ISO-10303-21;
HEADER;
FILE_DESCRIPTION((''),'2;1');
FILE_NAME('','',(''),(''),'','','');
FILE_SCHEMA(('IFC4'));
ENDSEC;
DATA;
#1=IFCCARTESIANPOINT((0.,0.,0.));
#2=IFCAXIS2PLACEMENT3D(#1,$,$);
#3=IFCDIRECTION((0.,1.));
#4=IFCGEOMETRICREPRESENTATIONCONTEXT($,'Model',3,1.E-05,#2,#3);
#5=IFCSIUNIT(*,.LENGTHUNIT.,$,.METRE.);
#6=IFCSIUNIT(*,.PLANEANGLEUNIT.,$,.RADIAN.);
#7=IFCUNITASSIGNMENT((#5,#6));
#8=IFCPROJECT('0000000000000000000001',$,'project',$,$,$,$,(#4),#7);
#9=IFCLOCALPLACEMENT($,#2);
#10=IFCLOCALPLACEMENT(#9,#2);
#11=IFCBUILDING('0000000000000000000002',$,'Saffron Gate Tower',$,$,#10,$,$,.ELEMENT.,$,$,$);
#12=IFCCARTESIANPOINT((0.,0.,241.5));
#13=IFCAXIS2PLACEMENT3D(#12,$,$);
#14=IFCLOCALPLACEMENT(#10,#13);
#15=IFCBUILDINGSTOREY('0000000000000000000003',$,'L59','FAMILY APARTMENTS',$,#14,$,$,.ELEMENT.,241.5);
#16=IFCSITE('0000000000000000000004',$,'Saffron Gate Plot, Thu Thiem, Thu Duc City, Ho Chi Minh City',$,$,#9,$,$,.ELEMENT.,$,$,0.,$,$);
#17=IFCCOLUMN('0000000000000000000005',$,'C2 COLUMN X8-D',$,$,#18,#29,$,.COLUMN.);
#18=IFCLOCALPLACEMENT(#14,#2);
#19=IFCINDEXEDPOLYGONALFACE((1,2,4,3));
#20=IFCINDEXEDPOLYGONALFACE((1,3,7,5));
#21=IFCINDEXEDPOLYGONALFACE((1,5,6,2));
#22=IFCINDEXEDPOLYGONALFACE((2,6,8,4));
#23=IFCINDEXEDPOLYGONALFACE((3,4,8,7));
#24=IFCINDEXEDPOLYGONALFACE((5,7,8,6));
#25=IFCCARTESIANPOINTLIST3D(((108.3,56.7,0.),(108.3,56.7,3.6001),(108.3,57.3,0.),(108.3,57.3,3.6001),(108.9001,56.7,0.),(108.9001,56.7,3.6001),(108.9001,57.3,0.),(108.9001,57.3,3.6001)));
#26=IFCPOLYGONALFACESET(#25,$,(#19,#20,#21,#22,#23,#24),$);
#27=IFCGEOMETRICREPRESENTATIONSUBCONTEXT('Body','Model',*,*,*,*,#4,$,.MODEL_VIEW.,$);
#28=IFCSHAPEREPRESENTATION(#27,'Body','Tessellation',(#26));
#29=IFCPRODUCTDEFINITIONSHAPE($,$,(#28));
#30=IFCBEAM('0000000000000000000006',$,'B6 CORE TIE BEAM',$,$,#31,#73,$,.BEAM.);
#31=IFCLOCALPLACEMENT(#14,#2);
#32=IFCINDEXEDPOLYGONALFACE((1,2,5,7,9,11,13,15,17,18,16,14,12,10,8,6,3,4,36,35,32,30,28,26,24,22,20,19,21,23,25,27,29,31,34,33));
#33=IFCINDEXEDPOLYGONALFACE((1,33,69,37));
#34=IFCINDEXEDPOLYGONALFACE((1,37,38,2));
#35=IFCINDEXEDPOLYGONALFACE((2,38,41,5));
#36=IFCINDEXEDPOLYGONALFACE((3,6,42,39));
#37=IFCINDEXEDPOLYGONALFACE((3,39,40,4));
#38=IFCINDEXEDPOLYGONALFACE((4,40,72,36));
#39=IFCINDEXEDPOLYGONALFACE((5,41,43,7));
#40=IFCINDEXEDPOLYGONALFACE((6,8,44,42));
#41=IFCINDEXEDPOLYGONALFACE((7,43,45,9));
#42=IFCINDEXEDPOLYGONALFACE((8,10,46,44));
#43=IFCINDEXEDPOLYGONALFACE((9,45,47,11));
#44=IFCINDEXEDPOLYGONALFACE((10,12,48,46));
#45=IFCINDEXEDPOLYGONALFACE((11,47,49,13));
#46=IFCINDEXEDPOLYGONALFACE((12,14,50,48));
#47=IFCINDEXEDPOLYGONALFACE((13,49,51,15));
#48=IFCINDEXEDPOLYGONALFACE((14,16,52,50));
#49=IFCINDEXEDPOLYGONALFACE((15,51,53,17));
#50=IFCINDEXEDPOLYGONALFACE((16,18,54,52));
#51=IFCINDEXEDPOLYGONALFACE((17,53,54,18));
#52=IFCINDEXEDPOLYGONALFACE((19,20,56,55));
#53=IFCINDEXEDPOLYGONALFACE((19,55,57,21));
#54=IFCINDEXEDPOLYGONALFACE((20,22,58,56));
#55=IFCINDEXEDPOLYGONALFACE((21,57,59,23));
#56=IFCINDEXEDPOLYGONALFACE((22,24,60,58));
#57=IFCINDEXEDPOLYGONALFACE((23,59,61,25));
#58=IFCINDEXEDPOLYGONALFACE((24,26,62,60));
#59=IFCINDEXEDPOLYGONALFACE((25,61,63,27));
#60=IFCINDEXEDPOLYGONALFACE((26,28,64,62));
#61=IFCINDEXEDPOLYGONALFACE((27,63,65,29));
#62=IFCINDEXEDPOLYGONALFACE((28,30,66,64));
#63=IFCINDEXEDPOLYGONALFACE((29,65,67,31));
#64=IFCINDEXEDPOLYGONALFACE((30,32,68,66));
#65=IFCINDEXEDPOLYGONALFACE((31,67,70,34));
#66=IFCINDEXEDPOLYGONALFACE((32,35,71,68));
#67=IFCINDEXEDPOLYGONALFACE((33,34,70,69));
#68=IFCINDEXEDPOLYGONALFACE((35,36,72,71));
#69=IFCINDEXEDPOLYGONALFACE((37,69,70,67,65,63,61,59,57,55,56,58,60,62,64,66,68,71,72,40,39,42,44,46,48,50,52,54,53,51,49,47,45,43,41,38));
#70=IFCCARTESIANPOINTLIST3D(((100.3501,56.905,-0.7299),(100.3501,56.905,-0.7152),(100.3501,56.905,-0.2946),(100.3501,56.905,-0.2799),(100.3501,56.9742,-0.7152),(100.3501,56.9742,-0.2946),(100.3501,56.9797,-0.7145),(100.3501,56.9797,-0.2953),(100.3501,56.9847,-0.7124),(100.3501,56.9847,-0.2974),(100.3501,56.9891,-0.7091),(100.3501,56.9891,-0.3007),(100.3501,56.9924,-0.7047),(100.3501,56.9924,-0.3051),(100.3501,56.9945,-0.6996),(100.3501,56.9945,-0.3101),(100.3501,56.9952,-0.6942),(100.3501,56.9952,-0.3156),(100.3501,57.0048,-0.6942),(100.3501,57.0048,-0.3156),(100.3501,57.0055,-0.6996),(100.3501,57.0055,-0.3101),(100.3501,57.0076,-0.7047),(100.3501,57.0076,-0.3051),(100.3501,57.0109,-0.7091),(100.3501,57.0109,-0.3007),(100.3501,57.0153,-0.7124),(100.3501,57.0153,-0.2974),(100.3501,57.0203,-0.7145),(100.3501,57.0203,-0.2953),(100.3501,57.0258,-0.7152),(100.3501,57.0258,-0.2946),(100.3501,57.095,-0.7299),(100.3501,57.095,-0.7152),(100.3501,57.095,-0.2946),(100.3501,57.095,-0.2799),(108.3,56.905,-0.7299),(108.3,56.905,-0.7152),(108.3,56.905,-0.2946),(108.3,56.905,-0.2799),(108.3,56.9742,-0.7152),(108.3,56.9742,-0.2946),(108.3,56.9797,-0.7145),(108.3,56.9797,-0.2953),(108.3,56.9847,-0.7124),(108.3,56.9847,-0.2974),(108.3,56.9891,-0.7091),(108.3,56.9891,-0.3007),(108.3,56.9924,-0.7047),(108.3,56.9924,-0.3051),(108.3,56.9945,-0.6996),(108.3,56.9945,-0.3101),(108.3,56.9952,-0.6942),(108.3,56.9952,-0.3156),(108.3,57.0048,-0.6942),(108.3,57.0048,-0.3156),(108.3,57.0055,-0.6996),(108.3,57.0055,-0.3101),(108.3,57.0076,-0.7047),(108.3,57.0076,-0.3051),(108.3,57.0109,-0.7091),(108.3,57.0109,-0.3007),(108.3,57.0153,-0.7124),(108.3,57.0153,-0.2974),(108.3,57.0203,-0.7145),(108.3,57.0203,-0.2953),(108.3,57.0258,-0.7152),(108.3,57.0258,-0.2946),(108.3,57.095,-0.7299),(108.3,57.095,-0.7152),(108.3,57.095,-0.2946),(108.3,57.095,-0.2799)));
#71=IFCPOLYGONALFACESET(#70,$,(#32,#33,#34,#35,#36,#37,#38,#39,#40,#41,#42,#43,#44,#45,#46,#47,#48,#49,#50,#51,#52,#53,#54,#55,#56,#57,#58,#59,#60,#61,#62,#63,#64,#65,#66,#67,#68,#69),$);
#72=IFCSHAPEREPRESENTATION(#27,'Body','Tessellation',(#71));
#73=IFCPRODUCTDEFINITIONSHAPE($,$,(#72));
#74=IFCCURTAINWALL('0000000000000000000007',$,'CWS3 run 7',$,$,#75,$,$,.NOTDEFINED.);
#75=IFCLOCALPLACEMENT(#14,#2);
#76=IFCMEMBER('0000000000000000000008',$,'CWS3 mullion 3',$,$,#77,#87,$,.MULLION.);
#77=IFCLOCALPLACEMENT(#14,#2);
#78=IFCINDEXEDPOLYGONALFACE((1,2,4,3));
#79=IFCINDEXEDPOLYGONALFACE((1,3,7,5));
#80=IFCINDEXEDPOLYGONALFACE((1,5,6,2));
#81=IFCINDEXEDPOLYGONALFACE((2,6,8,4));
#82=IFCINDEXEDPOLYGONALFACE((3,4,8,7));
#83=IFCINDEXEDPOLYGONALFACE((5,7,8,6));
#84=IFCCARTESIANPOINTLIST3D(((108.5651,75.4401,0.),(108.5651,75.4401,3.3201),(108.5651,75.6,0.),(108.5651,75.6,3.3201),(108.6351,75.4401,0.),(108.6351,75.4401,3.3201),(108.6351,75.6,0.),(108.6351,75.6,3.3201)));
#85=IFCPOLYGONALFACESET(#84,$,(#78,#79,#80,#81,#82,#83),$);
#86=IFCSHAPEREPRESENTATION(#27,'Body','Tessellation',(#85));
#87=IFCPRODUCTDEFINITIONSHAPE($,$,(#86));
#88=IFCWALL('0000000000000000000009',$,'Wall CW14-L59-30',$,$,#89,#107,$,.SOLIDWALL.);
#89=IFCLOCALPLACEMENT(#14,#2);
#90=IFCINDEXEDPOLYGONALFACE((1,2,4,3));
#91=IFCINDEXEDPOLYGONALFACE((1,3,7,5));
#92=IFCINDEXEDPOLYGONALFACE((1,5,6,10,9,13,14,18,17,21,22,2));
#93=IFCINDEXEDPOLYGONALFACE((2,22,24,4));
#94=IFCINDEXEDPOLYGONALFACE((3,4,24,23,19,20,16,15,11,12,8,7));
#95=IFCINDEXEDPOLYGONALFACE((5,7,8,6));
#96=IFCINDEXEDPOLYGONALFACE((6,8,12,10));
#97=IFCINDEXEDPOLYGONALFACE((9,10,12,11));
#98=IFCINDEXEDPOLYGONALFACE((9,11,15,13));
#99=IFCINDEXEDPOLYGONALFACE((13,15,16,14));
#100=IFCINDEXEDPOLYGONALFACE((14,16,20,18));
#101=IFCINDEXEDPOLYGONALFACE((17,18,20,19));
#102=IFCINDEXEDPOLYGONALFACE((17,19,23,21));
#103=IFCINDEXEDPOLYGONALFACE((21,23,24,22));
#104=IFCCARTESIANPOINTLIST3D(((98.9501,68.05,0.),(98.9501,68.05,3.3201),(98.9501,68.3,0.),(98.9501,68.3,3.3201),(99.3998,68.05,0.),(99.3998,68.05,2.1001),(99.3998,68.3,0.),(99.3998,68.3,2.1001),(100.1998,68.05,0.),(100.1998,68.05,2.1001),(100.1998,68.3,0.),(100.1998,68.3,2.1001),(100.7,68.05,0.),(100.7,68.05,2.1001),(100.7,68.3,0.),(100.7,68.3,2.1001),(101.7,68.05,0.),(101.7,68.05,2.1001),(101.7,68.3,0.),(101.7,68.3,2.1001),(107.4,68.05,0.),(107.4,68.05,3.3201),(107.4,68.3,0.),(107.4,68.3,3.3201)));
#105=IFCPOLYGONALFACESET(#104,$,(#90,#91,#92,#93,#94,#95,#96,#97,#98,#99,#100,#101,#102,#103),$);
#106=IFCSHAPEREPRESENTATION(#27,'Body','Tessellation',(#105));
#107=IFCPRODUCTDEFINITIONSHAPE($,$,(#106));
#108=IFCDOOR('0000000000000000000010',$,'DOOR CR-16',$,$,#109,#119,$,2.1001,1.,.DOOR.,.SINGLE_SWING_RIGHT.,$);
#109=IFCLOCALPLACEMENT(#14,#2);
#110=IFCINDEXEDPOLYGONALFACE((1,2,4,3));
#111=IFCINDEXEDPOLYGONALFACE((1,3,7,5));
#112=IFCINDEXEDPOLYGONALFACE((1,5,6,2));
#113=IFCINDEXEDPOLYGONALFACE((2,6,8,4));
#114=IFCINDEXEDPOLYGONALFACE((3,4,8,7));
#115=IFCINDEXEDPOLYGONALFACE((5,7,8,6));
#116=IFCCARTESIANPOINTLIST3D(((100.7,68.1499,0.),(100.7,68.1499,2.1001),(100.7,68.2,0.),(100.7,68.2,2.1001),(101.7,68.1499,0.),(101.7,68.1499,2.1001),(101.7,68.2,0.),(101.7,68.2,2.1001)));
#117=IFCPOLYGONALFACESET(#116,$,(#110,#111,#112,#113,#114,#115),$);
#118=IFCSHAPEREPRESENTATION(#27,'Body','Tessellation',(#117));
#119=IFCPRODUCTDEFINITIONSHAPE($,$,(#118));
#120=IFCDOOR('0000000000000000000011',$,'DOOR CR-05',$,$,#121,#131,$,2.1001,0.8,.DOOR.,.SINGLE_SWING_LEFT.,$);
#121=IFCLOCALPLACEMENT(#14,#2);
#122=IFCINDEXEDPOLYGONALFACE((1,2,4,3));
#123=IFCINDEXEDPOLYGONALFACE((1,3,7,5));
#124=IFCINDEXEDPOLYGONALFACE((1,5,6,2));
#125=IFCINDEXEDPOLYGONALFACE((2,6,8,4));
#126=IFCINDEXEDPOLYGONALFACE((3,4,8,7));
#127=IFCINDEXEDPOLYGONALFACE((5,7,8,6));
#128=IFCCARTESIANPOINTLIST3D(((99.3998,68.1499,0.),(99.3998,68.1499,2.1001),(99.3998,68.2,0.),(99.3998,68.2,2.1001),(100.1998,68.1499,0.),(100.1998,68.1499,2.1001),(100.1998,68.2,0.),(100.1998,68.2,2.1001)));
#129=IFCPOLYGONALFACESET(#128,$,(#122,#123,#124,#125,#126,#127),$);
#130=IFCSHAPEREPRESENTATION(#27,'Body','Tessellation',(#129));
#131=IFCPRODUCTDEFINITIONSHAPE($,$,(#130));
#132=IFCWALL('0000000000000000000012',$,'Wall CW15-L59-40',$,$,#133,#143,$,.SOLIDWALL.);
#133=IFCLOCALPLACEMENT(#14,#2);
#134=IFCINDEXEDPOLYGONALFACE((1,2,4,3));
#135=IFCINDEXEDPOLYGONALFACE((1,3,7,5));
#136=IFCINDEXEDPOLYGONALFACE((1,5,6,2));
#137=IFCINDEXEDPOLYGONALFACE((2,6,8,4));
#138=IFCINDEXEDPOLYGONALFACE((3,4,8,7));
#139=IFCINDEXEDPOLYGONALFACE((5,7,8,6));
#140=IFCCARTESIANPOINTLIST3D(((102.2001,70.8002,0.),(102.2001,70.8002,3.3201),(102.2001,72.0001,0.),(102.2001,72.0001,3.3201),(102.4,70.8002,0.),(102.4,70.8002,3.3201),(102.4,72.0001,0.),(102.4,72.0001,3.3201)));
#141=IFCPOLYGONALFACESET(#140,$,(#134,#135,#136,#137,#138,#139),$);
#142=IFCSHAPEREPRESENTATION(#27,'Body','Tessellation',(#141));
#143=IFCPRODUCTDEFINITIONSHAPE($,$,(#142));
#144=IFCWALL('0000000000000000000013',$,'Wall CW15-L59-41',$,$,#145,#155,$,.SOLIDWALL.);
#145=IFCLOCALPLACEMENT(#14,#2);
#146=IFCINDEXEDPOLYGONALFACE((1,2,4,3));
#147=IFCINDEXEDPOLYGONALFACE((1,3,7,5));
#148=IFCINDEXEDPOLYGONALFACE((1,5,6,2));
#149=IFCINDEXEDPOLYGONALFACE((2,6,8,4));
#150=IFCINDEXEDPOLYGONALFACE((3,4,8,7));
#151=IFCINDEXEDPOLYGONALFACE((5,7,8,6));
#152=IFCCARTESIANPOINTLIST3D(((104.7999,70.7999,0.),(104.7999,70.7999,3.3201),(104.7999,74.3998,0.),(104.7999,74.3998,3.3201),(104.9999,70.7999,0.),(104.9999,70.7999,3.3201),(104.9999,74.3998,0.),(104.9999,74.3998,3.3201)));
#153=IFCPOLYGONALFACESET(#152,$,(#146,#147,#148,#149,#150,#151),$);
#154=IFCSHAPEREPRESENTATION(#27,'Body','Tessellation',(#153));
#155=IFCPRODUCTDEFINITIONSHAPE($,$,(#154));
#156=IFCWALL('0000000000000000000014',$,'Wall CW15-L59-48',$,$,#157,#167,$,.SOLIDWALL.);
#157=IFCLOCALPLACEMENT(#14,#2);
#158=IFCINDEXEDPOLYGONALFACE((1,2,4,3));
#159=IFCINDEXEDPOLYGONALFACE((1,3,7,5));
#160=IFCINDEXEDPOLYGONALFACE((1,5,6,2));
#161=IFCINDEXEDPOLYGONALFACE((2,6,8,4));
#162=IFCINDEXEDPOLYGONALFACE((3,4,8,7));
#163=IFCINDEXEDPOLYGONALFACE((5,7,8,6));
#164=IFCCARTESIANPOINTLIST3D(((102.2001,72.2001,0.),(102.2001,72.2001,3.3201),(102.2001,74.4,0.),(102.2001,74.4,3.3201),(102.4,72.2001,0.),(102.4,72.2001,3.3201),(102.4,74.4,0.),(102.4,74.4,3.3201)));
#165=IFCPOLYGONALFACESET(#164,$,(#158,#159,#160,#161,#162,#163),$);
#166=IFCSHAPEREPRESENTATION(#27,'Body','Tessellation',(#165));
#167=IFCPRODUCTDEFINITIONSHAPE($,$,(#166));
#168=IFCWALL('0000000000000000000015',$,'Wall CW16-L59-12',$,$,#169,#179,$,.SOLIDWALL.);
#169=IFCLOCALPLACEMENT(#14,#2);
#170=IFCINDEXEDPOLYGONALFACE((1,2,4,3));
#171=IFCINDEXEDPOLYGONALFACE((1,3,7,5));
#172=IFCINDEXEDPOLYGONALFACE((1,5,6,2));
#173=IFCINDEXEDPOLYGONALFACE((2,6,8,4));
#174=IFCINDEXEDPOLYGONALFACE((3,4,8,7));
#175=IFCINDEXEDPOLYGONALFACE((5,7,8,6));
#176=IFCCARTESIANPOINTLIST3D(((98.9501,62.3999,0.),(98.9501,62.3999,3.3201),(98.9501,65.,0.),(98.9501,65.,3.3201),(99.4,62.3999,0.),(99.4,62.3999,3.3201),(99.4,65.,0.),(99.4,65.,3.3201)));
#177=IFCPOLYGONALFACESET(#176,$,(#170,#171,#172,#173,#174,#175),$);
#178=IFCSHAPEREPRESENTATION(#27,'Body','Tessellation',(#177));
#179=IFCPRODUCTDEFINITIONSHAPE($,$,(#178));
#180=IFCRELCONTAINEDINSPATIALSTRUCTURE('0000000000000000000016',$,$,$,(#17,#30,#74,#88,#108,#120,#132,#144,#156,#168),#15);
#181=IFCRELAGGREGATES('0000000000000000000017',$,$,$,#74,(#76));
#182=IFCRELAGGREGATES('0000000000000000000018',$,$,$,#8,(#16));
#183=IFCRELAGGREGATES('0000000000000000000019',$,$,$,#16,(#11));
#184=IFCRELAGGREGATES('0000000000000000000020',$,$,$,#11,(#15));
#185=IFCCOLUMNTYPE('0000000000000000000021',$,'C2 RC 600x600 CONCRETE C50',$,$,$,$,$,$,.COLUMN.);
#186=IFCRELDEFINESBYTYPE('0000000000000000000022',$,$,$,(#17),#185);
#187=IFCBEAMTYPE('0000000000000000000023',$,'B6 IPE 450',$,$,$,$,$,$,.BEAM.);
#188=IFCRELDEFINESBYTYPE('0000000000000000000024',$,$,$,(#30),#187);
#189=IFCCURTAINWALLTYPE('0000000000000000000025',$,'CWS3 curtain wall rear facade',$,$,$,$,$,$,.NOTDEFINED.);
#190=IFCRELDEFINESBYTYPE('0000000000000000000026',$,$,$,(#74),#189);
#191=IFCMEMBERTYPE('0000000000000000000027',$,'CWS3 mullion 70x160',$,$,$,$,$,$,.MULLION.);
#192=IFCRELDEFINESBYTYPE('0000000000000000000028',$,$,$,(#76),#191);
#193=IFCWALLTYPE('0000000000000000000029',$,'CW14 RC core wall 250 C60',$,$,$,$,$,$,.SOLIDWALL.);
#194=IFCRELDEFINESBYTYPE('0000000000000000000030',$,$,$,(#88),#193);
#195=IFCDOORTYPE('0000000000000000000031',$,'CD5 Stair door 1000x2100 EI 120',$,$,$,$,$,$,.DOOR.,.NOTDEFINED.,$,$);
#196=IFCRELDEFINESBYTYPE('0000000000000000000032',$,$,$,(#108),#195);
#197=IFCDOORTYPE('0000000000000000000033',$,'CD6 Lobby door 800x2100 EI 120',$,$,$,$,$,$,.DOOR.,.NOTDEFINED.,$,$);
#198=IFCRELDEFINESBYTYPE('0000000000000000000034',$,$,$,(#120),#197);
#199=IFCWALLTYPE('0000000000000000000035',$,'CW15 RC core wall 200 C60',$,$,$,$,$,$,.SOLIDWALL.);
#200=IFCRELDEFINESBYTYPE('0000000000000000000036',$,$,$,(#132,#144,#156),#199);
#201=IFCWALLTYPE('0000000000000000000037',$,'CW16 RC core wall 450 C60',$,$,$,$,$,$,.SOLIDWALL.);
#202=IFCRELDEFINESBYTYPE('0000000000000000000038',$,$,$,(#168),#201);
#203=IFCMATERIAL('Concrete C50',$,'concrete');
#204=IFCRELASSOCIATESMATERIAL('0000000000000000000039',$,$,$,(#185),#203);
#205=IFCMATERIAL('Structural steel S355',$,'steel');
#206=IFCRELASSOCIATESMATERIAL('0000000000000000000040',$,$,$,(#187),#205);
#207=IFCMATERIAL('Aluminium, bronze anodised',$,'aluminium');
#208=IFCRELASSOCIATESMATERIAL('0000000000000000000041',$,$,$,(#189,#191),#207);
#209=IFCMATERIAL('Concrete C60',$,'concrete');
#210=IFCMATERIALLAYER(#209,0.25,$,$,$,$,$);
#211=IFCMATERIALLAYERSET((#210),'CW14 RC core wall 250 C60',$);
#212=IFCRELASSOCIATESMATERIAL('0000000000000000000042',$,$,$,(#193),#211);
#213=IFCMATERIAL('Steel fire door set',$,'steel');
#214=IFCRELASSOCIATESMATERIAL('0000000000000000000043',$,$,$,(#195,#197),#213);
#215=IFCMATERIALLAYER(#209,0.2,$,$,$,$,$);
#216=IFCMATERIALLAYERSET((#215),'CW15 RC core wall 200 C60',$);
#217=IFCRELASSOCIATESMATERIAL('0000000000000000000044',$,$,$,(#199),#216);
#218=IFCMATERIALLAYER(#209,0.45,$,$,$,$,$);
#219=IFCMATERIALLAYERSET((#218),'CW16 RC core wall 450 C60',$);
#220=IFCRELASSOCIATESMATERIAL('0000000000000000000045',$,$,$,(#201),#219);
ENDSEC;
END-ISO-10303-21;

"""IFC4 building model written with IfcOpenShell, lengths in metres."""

from ifc_helpers import new_model, si_unit, direction, frame, frame_2d, origin, origin_2d, place, context, subcontext, project, spatial, rectangle, i_section, extrude, material, layer, layer_set, material_profile, profile_set, type_object, element, fill, aggregate, save


model = new_model("IFC4")

# Units and contexts
model_context = context("Model", 3, precision=1e-05, world=origin(), true_north=direction((0.0, 1.0)))
body_context = subcontext(model_context, "Body", "Model", "MODEL_VIEW")
ifc_project = project(units=[si_unit("LENGTHUNIT", "METRE"), si_unit("PLANEANGLEUNIT", "RADIAN")], contexts=[model_context])

# Site, building, storey
site_placement = place(None, origin())
site = spatial("IfcSite", under=ifc_project, at=site_placement, Name="Saffron Gate Plot, Thu Thiem, Thu Duc City, Ho Chi Minh City", CompositionType="ELEMENT", RefElevation=0.0)
building_placement = place(site_placement, origin())
building = spatial("IfcBuilding", under=site, at=building_placement, Name="Saffron Gate Tower", CompositionType="ELEMENT")
storey_placement = place(building_placement, frame((0.0, 0.0, 241.5)))
storey = spatial("IfcBuildingStorey", under=building, at=storey_placement, Name="L59", Description="FAMILY APARTMENTS", CompositionType="ELEMENT", Elevation=241.5)

# Column
ifc_material_1 = material(Name="Concrete C50", Category="concrete")
ifc_material_profile_1 = material_profile(ifc_material_1, rectangle(XDim=0.6001, YDim=0.6001, at=origin_2d()))
ifc_profile_set_1 = profile_set([ifc_material_profile_1], Name="Concrete C50")
column_type = type_object("IfcColumnType", Name="C2 RC 600x600 CONCRETE C50", PredefinedType="COLUMN", material=ifc_profile_set_1)
column_placement = place(storey_placement, frame((108.6001, 57.0, 0.0), z_axis=(0.0, 0.0, 1.0), x_axis=(1.0, 0.0, 0.0)))
element("IfcColumn", 1, at=column_placement, inside=storey, type_object=column_type, Name="C2 COLUMN X8-D", PredefinedType="COLUMN", context=body_context, shape_type="SweptSolid", body=[
    extrude(rectangle(XDim=0.6001, YDim=0.6001, at=origin_2d()), origin(), (0.0, 0.0, 1.0), 3.6001),
])

# Beam
ifc_material_2 = material(Name="Structural steel S355", Category="steel")
ifc_material_profile_2 = material_profile(ifc_material_2, i_section(OverallWidth=0.1899, OverallDepth=0.45, WebThickness=0.0095, FlangeThickness=0.0146, FilletRadius=0.021, at=origin_2d()))
ifc_profile_set_2 = profile_set([ifc_material_profile_2], Name="Structural steel S355")
beam_type = type_object("IfcBeamType", Name="B6 IPE 450", PredefinedType="BEAM", material=ifc_profile_set_2)
beam_placement = place(storey_placement, frame((108.3, 57.0, -0.5049), z_axis=(-1.0, 0.0, 0.0), x_axis=(0.0, -1.0, 0.0)))
element("IfcBeam", 2, at=beam_placement, inside=storey, type_object=beam_type, Name="B6 CORE TIE BEAM", PredefinedType="BEAM", context=body_context, shape_type="SweptSolid", body=[
    extrude(i_section(OverallWidth=0.1899, OverallDepth=0.45, WebThickness=0.0095, FlangeThickness=0.0146, FilletRadius=0.021, at=origin_2d()), origin(), (0.0, 0.0, 1.0), 7.95),
])

# Curtain wall, member
ifc_material_3 = material(Name="Aluminium, bronze anodised", Category="aluminium")
curtain_wall_type = type_object("IfcCurtainWallType", Name="CWS3 curtain wall rear facade", PredefinedType="NOTDEFINED", material=ifc_material_3)
curtain_wall_placement = place(storey_placement, origin())
curtain_wall = element("IfcCurtainWall", 3, at=curtain_wall_placement, inside=storey, type_object=curtain_wall_type, Name="CWS3 run 7", PredefinedType="NOTDEFINED")
ifc_material_profile_3 = material_profile(ifc_material_3, rectangle(XDim=0.1599, YDim=0.0701, at=origin_2d()))
ifc_profile_set_3 = profile_set([ifc_material_profile_3], Name="Aluminium, bronze anodised")
member_type = type_object("IfcMemberType", Name="CWS3 mullion 70x160", PredefinedType="MULLION", material=ifc_profile_set_3)
member_placement = place(storey_placement, frame((108.6001, 75.52, 0.0), z_axis=(0.0, 0.0, 1.0), x_axis=(0.0, -1.0, 0.0)))
member = element("IfcMember", 4, at=member_placement, type_object=member_type, Name="CWS3 mullion 3", PredefinedType="MULLION", context=body_context, shape_type="SweptSolid", body=[
    extrude(rectangle(XDim=0.1599, YDim=0.0701, at=origin_2d()), origin(), (0.0, 0.0, 1.0), 3.3201),
])
aggregate(curtain_wall, [member])

# Wall, openings, doors
ifc_material_4 = material(Name="Concrete C60", Category="concrete")
ifc_layer_1 = layer(ifc_material_4, 0.25)
ifc_layer_set_1 = layer_set([ifc_layer_1], Name="CW14 RC core wall 250 C60")
wall_type_1 = type_object("IfcWallType", Name="CW14 RC core wall 250 C60", PredefinedType="SOLIDWALL", material=ifc_layer_set_1)
wall_1_placement = place(storey_placement, frame((98.95, 68.175, 0.0), z_axis=(0.0, 0.0, 1.0), x_axis=(1.0, 0.0, 0.0)))
wall_1 = element("IfcWall", 5, at=wall_1_placement, inside=storey, type_object=wall_type_1, Name="Wall CW14-L59-30", PredefinedType="SOLIDWALL", context=body_context, shape_type="SweptSolid", body=[
    extrude(rectangle(XDim=8.45, YDim=0.25, at=frame_2d((4.2251, 0.0))), origin(), (0.0, 0.0, 1.0), 3.3201),
])
opening_1_placement = place(wall_1_placement, frame((0.45, 0.0, 0.0)))
opening_1 = element("IfcOpeningElement", 6, at=opening_1_placement, cuts=wall_1, PredefinedType="OPENING", context=body_context, shape_type="SweptSolid", body=[
    extrude(rectangle(XDim=0.8, YDim=2.1001, at=frame_2d((0.3999, 1.05))), frame((0.0, 0.135, 0.0), z_axis=(0.0, -1.0, 0.0), x_axis=(1.0, 0.0, 0.0)), (0.0, 0.0, 1.0), 0.27),
])
opening_2_placement = place(wall_1_placement, frame((1.75, 0.0, 0.0)))
opening_2 = element("IfcOpeningElement", 7, at=opening_2_placement, cuts=wall_1, PredefinedType="OPENING", context=body_context, shape_type="SweptSolid", body=[
    extrude(rectangle(XDim=1.0, YDim=2.1001, at=frame_2d((0.5, 1.05))), frame((0.0, 0.135, 0.0), z_axis=(0.0, -1.0, 0.0), x_axis=(1.0, 0.0, 0.0)), (0.0, 0.0, 1.0), 0.27),
])
ifc_material_5 = material(Name="Steel fire door set", Category="steel")
door_type_1 = type_object("IfcDoorType", Name="CD5 Stair door 1000x2100 EI 120", OperationType="NOTDEFINED", PredefinedType="DOOR", material=ifc_material_5)
door_1_placement = place(opening_2_placement, origin())
door_1 = element("IfcDoor", 8, at=door_1_placement, inside=storey, type_object=door_type_1, Name="DOOR CR-16", OperationType="SINGLE_SWING_RIGHT", OverallHeight=2.1001, OverallWidth=1.0, PredefinedType="DOOR", context=body_context, shape_type="SweptSolid", body=[
    extrude(rectangle(XDim=1.0, YDim=2.1001, at=frame_2d((0.5, 1.05))), frame((0.0, 0.0249, 0.0), z_axis=(0.0, -1.0, 0.0), x_axis=(1.0, 0.0, 0.0)), (0.0, 0.0, 1.0), 0.05),
])
fill(opening_2, door_1)
door_type_2 = type_object("IfcDoorType", Name="CD6 Lobby door 800x2100 EI 120", OperationType="NOTDEFINED", PredefinedType="DOOR", material=ifc_material_5)
door_2_placement = place(opening_1_placement, origin())
door_2 = element("IfcDoor", 9, at=door_2_placement, inside=storey, type_object=door_type_2, Name="DOOR CR-05", OperationType="SINGLE_SWING_LEFT", OverallHeight=2.1001, OverallWidth=0.8, PredefinedType="DOOR", context=body_context, shape_type="SweptSolid", body=[
    extrude(rectangle(XDim=0.8, YDim=2.1001, at=frame_2d((0.3999, 1.05))), frame((0.0, 0.0249, 0.0), z_axis=(0.0, -1.0, 0.0), x_axis=(1.0, 0.0, 0.0)), (0.0, 0.0, 1.0), 0.05),
])
fill(opening_1, door_2)

# Walls
ifc_layer_2 = layer(ifc_material_4, 0.2)
ifc_layer_set_2 = layer_set([ifc_layer_2], Name="CW15 RC core wall 200 C60")
wall_type_2 = type_object("IfcWallType", Name="CW15 RC core wall 200 C60", PredefinedType="SOLIDWALL", material=ifc_layer_set_2)
wall_2_placement = place(storey_placement, frame((102.3, 70.8, 0.0), z_axis=(0.0, 0.0, 1.0), x_axis=(0.0, 1.0, 0.0)))
element("IfcWall", 10, at=wall_2_placement, inside=storey, type_object=wall_type_2, Name="Wall CW15-L59-40", PredefinedType="SOLIDWALL", context=body_context, shape_type="SweptSolid", body=[
    extrude(rectangle(XDim=1.2, YDim=0.2, at=frame_2d((0.6001, 0.0))), origin(), (0.0, 0.0, 1.0), 3.3201),
])
wall_3_placement = place(storey_placement, frame((104.8999, 70.8, 0.0), z_axis=(0.0, 0.0, 1.0), x_axis=(0.0, 1.0, 0.0)))
element("IfcWall", 11, at=wall_3_placement, inside=storey, type_object=wall_type_2, Name="Wall CW15-L59-41", PredefinedType="SOLIDWALL", context=body_context, shape_type="SweptSolid", body=[
    extrude(rectangle(XDim=3.5999, YDim=0.2, at=frame_2d((1.7998, 0.0))), origin(), (0.0, 0.0, 1.0), 3.3201),
])
wall_4_placement = place(storey_placement, frame((102.3, 72.2, 0.0), z_axis=(0.0, 0.0, 1.0), x_axis=(0.0, 1.0, 0.0)))
element("IfcWall", 12, at=wall_4_placement, inside=storey, type_object=wall_type_2, Name="Wall CW15-L59-48", PredefinedType="SOLIDWALL", context=body_context, shape_type="SweptSolid", body=[
    extrude(rectangle(XDim=2.2, YDim=0.2, at=frame_2d((1.1001, 0.0))), origin(), (0.0, 0.0, 1.0), 3.3201),
])
ifc_layer_3 = layer(ifc_material_4, 0.45)
ifc_layer_set_3 = layer_set([ifc_layer_3], Name="CW16 RC core wall 450 C60")
wall_type_3 = type_object("IfcWallType", Name="CW16 RC core wall 450 C60", PredefinedType="SOLIDWALL", material=ifc_layer_set_3)
wall_5_placement = place(storey_placement, frame((99.175, 62.3999, 0.0), z_axis=(0.0, 0.0, 1.0), x_axis=(0.0, 1.0, 0.0)))
element("IfcWall", 13, at=wall_5_placement, inside=storey, type_object=wall_type_3, Name="Wall CW16-L59-12", PredefinedType="SOLIDWALL", context=body_context, shape_type="SweptSolid", body=[
    extrude(rectangle(XDim=2.6001, YDim=0.45, at=frame_2d((1.3, 0.0))), origin(), (0.0, 0.0, 1.0), 3.3201),
])

save(model, "model.ifc")
